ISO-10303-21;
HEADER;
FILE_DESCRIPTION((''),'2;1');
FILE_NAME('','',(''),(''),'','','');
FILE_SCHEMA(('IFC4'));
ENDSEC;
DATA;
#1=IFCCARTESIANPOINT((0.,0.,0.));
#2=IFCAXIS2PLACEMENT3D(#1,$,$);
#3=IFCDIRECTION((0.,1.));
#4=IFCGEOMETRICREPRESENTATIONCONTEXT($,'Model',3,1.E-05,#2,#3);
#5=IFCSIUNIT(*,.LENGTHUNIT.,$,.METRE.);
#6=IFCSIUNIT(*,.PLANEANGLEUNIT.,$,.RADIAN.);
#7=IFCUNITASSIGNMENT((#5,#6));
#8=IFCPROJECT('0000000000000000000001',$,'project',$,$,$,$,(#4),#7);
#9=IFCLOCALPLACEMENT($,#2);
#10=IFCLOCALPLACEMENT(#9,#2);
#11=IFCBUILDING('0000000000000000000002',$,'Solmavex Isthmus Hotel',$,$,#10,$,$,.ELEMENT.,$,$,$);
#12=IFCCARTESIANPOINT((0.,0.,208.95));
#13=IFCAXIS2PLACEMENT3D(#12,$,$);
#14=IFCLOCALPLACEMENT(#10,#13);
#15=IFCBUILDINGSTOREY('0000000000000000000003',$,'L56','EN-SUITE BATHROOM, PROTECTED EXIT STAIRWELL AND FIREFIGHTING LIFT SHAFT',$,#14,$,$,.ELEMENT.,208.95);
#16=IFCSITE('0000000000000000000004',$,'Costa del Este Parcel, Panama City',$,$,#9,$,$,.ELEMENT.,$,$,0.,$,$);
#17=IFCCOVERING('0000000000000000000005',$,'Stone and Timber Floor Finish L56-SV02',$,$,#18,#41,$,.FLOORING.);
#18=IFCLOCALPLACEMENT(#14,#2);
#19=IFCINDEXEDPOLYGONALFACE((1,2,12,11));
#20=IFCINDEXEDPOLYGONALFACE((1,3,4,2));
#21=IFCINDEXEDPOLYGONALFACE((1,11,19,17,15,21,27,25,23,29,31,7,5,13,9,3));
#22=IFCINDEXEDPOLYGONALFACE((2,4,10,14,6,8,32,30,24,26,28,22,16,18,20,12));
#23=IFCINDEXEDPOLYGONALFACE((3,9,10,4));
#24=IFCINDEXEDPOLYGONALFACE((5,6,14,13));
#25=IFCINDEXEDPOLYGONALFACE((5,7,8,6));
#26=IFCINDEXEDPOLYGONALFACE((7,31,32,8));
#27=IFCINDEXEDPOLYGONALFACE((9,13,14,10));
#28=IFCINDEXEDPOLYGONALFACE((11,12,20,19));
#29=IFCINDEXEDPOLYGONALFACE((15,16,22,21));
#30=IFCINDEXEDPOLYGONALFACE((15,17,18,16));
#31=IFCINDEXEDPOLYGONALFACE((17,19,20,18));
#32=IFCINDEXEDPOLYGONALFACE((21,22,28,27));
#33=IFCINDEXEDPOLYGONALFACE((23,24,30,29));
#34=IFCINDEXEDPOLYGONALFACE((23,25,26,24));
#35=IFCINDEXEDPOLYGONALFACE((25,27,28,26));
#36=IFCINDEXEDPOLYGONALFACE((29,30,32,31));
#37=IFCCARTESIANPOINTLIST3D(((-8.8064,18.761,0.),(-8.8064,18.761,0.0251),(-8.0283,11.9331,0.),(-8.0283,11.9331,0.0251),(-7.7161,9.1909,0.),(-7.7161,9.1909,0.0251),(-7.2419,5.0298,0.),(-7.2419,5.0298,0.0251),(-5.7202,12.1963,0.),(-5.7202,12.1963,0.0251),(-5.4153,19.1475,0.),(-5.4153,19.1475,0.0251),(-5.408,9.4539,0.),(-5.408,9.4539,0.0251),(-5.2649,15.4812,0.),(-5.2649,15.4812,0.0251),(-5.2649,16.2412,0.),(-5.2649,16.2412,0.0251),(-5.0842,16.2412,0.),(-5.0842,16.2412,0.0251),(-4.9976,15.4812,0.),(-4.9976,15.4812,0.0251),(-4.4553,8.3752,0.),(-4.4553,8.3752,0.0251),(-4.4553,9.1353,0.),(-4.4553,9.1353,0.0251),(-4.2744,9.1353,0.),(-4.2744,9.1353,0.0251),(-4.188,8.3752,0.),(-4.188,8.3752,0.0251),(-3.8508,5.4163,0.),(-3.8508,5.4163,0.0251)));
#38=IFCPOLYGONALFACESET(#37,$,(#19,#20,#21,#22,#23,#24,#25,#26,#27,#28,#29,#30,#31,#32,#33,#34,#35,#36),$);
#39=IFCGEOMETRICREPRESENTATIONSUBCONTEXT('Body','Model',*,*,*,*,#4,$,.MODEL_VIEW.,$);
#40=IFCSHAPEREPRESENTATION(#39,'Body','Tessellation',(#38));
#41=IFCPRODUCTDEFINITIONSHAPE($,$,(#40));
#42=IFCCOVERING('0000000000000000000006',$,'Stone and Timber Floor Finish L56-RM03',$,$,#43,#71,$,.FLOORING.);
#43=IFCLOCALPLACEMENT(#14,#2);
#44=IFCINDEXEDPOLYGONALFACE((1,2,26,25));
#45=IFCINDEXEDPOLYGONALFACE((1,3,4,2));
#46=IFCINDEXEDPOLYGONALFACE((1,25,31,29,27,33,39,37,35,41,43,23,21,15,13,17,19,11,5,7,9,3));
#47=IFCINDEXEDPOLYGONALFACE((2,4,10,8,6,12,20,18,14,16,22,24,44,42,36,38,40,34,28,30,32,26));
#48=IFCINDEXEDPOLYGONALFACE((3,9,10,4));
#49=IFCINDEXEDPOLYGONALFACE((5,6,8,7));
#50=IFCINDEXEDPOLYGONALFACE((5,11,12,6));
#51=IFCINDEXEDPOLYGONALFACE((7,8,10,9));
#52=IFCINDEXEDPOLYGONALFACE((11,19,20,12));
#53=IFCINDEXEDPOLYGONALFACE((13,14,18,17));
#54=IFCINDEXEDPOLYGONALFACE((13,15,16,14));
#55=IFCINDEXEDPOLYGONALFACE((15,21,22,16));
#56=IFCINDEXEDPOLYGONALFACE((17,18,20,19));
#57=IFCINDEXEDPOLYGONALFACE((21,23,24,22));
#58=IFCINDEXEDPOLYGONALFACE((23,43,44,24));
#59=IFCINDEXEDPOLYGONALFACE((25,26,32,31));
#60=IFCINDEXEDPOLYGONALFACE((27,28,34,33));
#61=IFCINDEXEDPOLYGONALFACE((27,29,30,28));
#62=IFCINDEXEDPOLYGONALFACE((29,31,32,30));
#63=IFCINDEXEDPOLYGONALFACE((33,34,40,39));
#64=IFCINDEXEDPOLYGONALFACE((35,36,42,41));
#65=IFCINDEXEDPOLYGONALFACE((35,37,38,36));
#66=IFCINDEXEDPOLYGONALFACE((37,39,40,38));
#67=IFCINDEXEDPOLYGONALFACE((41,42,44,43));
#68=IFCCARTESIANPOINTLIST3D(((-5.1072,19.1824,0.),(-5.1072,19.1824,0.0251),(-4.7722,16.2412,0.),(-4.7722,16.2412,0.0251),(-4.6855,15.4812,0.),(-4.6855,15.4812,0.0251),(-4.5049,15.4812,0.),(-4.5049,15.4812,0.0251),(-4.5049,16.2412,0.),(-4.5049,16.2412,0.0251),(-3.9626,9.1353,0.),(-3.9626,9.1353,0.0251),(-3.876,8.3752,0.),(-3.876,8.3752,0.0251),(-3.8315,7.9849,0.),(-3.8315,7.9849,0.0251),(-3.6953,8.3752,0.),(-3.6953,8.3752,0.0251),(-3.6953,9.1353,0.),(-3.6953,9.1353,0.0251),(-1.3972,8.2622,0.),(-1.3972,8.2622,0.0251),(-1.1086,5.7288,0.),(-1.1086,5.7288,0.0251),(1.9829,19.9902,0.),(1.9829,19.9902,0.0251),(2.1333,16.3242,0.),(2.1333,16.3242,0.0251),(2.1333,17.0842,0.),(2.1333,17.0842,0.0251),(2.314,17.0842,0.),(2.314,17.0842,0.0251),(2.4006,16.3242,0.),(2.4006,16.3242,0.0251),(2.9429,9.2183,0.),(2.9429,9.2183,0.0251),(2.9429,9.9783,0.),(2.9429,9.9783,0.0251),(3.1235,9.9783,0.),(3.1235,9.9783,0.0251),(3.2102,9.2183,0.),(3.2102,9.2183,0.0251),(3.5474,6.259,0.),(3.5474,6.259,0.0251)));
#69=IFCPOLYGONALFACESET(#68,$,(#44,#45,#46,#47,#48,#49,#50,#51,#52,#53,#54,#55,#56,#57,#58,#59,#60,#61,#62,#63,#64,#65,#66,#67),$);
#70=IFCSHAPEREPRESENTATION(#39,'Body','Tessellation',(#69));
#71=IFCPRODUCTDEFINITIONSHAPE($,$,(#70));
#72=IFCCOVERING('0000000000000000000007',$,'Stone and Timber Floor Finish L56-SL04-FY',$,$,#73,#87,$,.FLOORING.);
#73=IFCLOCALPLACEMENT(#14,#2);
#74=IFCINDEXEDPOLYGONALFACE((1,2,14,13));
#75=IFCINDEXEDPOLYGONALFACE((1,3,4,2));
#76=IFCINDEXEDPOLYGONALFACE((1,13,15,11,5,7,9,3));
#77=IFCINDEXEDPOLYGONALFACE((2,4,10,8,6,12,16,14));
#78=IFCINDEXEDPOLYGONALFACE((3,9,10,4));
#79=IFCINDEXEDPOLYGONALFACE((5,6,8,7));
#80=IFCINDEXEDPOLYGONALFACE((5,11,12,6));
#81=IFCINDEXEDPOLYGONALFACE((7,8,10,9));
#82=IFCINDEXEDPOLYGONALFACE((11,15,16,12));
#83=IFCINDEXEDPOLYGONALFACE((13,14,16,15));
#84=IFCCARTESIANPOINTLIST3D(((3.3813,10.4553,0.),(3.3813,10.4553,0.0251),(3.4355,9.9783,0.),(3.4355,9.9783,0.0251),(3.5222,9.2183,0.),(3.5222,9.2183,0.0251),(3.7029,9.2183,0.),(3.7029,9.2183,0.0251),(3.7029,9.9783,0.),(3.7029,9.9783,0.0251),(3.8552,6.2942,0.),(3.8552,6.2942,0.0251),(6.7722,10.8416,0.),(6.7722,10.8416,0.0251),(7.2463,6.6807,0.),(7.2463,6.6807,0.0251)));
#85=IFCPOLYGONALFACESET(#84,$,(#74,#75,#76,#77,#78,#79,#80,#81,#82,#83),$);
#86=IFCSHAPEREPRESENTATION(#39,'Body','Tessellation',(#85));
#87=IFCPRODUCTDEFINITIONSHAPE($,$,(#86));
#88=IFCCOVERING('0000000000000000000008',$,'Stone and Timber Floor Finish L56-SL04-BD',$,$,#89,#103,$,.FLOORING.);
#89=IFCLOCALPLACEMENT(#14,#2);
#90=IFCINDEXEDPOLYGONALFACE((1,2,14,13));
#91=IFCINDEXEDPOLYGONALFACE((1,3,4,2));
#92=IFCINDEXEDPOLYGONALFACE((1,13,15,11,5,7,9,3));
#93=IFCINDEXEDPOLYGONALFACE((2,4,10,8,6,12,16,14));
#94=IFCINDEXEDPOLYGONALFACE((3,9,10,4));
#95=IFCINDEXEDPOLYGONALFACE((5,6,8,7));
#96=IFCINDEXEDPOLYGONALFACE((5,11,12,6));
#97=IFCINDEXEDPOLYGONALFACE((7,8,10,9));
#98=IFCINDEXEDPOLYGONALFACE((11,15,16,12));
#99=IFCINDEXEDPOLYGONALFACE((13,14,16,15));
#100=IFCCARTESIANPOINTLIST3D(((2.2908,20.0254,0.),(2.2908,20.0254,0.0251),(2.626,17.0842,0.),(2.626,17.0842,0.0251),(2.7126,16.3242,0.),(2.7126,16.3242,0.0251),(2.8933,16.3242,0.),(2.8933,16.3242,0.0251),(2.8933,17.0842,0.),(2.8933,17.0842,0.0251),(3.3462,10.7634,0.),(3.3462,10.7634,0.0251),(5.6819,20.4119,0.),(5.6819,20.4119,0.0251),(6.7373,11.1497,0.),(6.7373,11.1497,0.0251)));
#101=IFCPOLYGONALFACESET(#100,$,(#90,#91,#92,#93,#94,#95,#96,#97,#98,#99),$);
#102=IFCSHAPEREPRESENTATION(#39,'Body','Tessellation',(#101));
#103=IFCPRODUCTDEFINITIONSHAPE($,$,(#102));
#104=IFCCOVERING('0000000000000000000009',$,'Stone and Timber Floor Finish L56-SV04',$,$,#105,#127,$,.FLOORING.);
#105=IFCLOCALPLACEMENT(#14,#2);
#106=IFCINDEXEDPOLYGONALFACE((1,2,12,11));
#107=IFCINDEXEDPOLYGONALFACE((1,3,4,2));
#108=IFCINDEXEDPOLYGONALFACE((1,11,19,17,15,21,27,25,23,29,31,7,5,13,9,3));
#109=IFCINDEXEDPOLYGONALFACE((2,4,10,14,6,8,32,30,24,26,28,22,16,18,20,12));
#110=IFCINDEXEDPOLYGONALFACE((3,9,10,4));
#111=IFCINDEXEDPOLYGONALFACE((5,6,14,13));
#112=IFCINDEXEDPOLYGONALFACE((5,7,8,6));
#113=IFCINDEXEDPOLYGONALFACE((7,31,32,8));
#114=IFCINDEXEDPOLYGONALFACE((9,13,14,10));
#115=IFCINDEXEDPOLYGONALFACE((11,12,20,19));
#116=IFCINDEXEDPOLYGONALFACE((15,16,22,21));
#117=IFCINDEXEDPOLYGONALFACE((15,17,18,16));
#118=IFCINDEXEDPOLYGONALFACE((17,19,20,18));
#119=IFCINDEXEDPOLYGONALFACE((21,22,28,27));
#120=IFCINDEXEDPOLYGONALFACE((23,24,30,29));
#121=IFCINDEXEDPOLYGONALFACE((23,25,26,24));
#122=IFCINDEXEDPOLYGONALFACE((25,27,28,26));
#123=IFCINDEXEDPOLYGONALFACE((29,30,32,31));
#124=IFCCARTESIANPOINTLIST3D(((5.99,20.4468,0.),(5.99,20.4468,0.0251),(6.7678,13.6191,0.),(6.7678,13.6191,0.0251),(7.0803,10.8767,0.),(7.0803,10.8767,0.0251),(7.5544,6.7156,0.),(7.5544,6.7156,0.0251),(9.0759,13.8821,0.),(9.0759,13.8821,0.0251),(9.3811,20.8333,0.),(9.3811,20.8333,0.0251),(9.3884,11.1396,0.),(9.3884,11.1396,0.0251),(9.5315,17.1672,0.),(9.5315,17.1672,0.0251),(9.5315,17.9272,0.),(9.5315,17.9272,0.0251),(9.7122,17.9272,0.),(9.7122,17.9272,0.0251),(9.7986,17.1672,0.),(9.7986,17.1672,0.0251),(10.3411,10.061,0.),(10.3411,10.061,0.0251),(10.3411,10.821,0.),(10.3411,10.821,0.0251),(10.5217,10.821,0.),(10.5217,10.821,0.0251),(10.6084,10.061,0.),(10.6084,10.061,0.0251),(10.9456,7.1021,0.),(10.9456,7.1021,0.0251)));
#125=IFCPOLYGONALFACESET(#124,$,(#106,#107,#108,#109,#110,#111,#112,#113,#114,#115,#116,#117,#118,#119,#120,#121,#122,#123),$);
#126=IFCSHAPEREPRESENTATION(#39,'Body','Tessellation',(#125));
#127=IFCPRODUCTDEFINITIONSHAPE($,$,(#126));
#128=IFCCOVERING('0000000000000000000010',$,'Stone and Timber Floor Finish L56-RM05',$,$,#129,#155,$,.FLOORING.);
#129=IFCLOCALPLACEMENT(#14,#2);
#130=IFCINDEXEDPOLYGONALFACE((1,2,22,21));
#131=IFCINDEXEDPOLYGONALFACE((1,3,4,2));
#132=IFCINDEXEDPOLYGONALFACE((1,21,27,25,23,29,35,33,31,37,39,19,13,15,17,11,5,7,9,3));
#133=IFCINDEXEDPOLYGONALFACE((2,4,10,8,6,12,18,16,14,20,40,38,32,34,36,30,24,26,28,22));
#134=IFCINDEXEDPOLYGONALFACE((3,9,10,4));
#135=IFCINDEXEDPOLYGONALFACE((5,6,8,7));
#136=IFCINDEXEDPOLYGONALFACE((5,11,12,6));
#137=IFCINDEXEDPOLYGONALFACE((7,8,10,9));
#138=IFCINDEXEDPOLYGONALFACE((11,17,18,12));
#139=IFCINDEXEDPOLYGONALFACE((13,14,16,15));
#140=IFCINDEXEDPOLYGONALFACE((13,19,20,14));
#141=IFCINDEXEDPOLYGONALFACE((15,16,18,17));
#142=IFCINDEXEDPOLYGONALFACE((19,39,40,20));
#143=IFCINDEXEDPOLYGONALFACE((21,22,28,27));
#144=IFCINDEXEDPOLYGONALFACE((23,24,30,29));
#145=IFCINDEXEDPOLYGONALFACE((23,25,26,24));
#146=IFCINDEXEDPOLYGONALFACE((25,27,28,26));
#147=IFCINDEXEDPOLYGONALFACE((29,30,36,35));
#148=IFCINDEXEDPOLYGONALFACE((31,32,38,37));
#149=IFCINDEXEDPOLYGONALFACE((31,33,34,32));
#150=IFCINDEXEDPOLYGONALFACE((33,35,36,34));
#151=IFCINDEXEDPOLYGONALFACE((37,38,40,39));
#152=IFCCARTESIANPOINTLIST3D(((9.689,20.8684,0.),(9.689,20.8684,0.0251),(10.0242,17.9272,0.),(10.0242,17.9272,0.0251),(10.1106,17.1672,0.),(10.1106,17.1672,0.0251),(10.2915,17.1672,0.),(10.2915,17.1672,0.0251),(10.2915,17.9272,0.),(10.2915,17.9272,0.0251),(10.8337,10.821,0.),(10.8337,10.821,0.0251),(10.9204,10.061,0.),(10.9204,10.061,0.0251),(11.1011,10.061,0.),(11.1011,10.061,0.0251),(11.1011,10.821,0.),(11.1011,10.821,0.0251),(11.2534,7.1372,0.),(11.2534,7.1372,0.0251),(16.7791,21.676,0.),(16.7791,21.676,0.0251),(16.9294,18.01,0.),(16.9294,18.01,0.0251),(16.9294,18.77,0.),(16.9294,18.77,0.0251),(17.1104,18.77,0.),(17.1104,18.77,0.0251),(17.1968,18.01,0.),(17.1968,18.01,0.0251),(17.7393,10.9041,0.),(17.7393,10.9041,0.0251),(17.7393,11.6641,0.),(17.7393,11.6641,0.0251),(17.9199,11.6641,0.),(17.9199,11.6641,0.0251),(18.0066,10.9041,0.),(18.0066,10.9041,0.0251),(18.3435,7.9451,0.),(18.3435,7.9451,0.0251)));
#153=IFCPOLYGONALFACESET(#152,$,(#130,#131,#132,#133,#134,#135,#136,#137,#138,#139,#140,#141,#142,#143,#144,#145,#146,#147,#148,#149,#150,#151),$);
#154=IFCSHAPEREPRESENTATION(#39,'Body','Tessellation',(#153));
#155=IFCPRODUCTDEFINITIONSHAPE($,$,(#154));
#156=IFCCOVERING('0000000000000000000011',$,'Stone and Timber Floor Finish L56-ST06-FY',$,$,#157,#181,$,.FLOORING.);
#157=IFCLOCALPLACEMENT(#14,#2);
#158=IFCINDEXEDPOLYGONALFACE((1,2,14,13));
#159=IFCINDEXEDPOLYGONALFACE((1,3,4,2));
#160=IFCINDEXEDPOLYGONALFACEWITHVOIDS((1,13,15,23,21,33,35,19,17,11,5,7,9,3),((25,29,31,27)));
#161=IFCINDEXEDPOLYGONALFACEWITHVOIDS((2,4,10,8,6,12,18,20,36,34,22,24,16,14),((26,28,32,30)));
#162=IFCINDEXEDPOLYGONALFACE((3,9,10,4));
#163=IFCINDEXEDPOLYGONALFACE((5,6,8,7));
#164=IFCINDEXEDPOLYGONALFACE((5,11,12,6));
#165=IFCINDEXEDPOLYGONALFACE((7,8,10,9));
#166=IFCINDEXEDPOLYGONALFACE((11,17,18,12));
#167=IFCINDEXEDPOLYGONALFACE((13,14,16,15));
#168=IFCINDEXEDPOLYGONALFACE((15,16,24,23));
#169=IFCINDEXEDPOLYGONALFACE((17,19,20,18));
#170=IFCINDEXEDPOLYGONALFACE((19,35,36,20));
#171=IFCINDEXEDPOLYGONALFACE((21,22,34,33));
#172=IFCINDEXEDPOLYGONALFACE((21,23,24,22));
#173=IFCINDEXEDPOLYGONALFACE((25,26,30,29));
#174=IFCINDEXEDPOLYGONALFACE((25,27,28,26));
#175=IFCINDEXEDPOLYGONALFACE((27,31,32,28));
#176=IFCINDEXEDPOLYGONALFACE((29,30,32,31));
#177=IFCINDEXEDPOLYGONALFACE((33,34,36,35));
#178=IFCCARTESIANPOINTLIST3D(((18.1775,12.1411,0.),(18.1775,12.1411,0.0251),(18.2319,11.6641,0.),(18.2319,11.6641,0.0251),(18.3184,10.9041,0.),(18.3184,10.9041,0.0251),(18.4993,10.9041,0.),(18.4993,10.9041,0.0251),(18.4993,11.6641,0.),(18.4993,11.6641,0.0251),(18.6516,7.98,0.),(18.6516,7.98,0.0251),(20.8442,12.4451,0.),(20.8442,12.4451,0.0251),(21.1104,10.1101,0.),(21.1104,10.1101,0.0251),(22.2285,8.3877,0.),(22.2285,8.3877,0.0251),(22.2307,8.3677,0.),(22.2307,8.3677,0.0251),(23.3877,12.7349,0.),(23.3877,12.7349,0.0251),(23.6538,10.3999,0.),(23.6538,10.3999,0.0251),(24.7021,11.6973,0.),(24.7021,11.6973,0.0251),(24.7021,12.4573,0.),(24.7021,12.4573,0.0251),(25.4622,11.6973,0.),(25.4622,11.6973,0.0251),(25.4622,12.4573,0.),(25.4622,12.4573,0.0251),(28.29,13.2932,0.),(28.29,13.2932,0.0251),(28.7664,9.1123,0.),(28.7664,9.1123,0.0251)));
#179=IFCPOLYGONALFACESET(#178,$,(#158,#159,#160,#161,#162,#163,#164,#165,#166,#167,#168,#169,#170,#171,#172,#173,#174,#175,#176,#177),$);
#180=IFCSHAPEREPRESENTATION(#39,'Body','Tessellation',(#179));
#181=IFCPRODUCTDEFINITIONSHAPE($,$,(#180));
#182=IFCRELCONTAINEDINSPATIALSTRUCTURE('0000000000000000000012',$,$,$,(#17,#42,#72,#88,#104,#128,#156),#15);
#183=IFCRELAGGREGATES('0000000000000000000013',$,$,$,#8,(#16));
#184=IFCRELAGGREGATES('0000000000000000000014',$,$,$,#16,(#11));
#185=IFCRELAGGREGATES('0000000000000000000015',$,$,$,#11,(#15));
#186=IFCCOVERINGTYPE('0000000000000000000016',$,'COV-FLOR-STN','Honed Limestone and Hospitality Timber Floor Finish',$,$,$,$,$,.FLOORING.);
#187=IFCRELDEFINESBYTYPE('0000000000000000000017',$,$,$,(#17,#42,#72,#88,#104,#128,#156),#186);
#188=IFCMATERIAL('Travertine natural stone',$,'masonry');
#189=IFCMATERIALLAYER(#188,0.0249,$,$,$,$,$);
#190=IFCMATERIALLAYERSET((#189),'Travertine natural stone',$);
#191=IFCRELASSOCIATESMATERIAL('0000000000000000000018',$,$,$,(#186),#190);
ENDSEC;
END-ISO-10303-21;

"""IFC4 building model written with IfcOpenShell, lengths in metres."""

from ifc_helpers import new_model, si_unit, direction, frame, origin, place, context, subcontext, project, spatial, polyline, outline, extrude, material, layer, layer_set, type_object, element, save


model = new_model("IFC4")

# Units and contexts
model_context = context("Model", 3, precision=1e-05, world=origin(), true_north=direction((0.0, 1.0)))
body_context = subcontext(model_context, "Body", "Model", "MODEL_VIEW")
ifc_project = project(units=[si_unit("LENGTHUNIT", "METRE"), si_unit("PLANEANGLEUNIT", "RADIAN")], contexts=[model_context])

# Site, building, storey
site_placement = place(None, origin())
site = spatial("IfcSite", under=ifc_project, at=site_placement, Name="Costa del Este Parcel, Panama City", CompositionType="ELEMENT", RefElevation=0.0)
building_placement = place(site_placement, origin())
building = spatial("IfcBuilding", under=site, at=building_placement, Name="Solmavex Isthmus Hotel", CompositionType="ELEMENT")
storey_placement = place(building_placement, frame((0.0, 0.0, 208.95)))
storey = spatial("IfcBuildingStorey", under=building, at=storey_placement, Name="L56", Description="EN-SUITE BATHROOM, PROTECTED EXIT STAIRWELL AND FIREFIGHTING LIFT SHAFT", CompositionType="ELEMENT", Elevation=208.95)

# Coverings
ifc_material_1 = material(Name="Travertine natural stone", Category="masonry")
ifc_layer_1 = layer(ifc_material_1, 0.0249)
ifc_layer_set_1 = layer_set([ifc_layer_1], Name="Travertine natural stone")
covering_type_1 = type_object("IfcCoveringType", Name="COV-FLOR-STN", Description="Honed Limestone and Hospitality Timber Floor Finish", PredefinedType="FLOORING", material=ifc_layer_set_1)
covering_1_placement = place(storey_placement, origin())
element("IfcCovering", 1, at=covering_1_placement, inside=storey, type_object=covering_type_1, Name="Stone and Timber Floor Finish L56-SV02", PredefinedType="FLOORING", context=body_context, shape_type="SweptSolid", body=[
    extrude(outline(polyline([(-4.9976, 15.4812), (-5.2649, 15.4812), (-5.2649, 16.2412), (-5.0842, 16.2412), (-5.4153, 19.1475), (-8.8064, 18.761), (-8.0283, 11.9331), (-5.7202, 12.1963), (-5.408, 9.4539), (-7.7161, 9.1909), (-7.2419, 5.0298), (-3.8508, 5.4163), (-4.188, 8.3752), (-4.4553, 8.3752), (-4.4553, 9.1353), (-4.2744, 9.1353), (-4.9976, 15.4812)])), origin(), (0.0, 0.0, 1.0), 0.0251),
])
covering_2_placement = place(storey_placement, origin())
element("IfcCovering", 2, at=covering_2_placement, inside=storey, type_object=covering_type_1, Name="Stone and Timber Floor Finish L56-RM03", PredefinedType="FLOORING", context=body_context, shape_type="SweptSolid", body=[
    extrude(outline(polyline([(-3.9626, 9.1353), (-3.6953, 9.1353), (-3.6953, 8.3752), (-3.876, 8.3752), (-3.8315, 7.9849), (-1.3972, 8.2622), (-1.1086, 5.7288), (3.5474, 6.259), (3.2102, 9.2183), (2.9429, 9.2183), (2.9429, 9.9783), (3.1235, 9.9783), (2.4006, 16.3242), (2.1333, 16.3242), (2.1333, 17.0842), (2.314, 17.0842), (1.9829, 19.9902), (-5.1072, 19.1824), (-4.7722, 16.2412), (-4.5049, 16.2412), (-4.5049, 15.4812), (-4.6855, 15.4812), (-3.9626, 9.1353)])), origin(), (0.0, 0.0, 1.0), 0.0251),
])
covering_3_placement = place(storey_placement, origin())
element("IfcCovering", 3, at=covering_3_placement, inside=storey, type_object=covering_type_1, Name="Stone and Timber Floor Finish L56-SL04-FY", PredefinedType="FLOORING", context=body_context, shape_type="SweptSolid", body=[
    extrude(outline(polyline([(3.4355, 9.9783), (3.7029, 9.9783), (3.7029, 9.2183), (3.5222, 9.2183), (3.8552, 6.2942), (7.2463, 6.6807), (6.7722, 10.8416), (3.3813, 10.4553), (3.4355, 9.9783)])), origin(), (0.0, 0.0, 1.0), 0.0251),
])
covering_4_placement = place(storey_placement, origin())
element("IfcCovering", 4, at=covering_4_placement, inside=storey, type_object=covering_type_1, Name="Stone and Timber Floor Finish L56-SL04-BD", PredefinedType="FLOORING", context=body_context, shape_type="SweptSolid", body=[
    extrude(outline(polyline([(2.626, 17.0842), (2.8933, 17.0842), (2.8933, 16.3242), (2.7126, 16.3242), (3.3462, 10.7634), (6.7373, 11.1497), (5.6819, 20.4119), (2.2908, 20.0254), (2.626, 17.0842)])), origin(), (0.0, 0.0, 1.0), 0.0251),
])
covering_5_placement = place(storey_placement, origin())
element("IfcCovering", 5, at=covering_5_placement, inside=storey, type_object=covering_type_1, Name="Stone and Timber Floor Finish L56-SV04", PredefinedType="FLOORING", context=body_context, shape_type="SweptSolid", body=[
    extrude(outline(polyline([(9.7986, 17.1672), (9.5315, 17.1672), (9.5315, 17.9272), (9.7122, 17.9272), (9.3811, 20.8333), (5.99, 20.4468), (6.7678, 13.6191), (9.0759, 13.8821), (9.3884, 11.1396), (7.0803, 10.8767), (7.5544, 6.7156), (10.9456, 7.1021), (10.6084, 10.061), (10.3411, 10.061), (10.3411, 10.821), (10.5217, 10.821), (9.7986, 17.1672)])), origin(), (0.0, 0.0, 1.0), 0.0251),
])
covering_6_placement = place(storey_placement, origin())
element("IfcCovering", 6, at=covering_6_placement, inside=storey, type_object=covering_type_1, Name="Stone and Timber Floor Finish L56-RM05", PredefinedType="FLOORING", context=body_context, shape_type="SweptSolid", body=[
    extrude(outline(polyline([(10.8337, 10.821), (11.1011, 10.821), (11.1011, 10.061), (10.9204, 10.061), (11.2534, 7.1372), (18.3435, 7.9451), (18.0066, 10.9041), (17.7393, 10.9041), (17.7393, 11.6641), (17.9199, 11.6641), (17.1968, 18.01), (16.9294, 18.01), (16.9294, 18.77), (17.1104, 18.77), (16.7791, 21.676), (9.689, 20.8684), (10.0242, 17.9272), (10.2915, 17.9272), (10.2915, 17.1672), (10.1106, 17.1672), (10.8337, 10.821)])), origin(), (0.0, 0.0, 1.0), 0.0251),
])
covering_7_placement = place(storey_placement, origin())
element("IfcCovering", 7, at=covering_7_placement, inside=storey, type_object=covering_type_1, Name="Stone and Timber Floor Finish L56-ST06-FY", PredefinedType="FLOORING", context=body_context, shape_type="SweptSolid", body=[
    extrude(outline(polyline([(18.1775, 12.1411), (18.2319, 11.6641), (18.4993, 11.6641), (18.4993, 10.9041), (18.3184, 10.9041), (18.6516, 7.98), (22.2285, 8.3877), (22.2307, 8.3677), (28.7664, 9.1123), (28.29, 13.2932), (23.3877, 12.7349), (23.6538, 10.3999), (21.1104, 10.1101), (20.8442, 12.4451), (18.1775, 12.1411)]), holes=[polyline([(24.7021, 11.6973), (24.7021, 12.4573), (25.4622, 12.4573), (25.4622, 11.6973), (24.7021, 11.6973)])]), origin(), (0.0, 0.0, 1.0), 0.0251),
])

save(model, "model.ifc")
